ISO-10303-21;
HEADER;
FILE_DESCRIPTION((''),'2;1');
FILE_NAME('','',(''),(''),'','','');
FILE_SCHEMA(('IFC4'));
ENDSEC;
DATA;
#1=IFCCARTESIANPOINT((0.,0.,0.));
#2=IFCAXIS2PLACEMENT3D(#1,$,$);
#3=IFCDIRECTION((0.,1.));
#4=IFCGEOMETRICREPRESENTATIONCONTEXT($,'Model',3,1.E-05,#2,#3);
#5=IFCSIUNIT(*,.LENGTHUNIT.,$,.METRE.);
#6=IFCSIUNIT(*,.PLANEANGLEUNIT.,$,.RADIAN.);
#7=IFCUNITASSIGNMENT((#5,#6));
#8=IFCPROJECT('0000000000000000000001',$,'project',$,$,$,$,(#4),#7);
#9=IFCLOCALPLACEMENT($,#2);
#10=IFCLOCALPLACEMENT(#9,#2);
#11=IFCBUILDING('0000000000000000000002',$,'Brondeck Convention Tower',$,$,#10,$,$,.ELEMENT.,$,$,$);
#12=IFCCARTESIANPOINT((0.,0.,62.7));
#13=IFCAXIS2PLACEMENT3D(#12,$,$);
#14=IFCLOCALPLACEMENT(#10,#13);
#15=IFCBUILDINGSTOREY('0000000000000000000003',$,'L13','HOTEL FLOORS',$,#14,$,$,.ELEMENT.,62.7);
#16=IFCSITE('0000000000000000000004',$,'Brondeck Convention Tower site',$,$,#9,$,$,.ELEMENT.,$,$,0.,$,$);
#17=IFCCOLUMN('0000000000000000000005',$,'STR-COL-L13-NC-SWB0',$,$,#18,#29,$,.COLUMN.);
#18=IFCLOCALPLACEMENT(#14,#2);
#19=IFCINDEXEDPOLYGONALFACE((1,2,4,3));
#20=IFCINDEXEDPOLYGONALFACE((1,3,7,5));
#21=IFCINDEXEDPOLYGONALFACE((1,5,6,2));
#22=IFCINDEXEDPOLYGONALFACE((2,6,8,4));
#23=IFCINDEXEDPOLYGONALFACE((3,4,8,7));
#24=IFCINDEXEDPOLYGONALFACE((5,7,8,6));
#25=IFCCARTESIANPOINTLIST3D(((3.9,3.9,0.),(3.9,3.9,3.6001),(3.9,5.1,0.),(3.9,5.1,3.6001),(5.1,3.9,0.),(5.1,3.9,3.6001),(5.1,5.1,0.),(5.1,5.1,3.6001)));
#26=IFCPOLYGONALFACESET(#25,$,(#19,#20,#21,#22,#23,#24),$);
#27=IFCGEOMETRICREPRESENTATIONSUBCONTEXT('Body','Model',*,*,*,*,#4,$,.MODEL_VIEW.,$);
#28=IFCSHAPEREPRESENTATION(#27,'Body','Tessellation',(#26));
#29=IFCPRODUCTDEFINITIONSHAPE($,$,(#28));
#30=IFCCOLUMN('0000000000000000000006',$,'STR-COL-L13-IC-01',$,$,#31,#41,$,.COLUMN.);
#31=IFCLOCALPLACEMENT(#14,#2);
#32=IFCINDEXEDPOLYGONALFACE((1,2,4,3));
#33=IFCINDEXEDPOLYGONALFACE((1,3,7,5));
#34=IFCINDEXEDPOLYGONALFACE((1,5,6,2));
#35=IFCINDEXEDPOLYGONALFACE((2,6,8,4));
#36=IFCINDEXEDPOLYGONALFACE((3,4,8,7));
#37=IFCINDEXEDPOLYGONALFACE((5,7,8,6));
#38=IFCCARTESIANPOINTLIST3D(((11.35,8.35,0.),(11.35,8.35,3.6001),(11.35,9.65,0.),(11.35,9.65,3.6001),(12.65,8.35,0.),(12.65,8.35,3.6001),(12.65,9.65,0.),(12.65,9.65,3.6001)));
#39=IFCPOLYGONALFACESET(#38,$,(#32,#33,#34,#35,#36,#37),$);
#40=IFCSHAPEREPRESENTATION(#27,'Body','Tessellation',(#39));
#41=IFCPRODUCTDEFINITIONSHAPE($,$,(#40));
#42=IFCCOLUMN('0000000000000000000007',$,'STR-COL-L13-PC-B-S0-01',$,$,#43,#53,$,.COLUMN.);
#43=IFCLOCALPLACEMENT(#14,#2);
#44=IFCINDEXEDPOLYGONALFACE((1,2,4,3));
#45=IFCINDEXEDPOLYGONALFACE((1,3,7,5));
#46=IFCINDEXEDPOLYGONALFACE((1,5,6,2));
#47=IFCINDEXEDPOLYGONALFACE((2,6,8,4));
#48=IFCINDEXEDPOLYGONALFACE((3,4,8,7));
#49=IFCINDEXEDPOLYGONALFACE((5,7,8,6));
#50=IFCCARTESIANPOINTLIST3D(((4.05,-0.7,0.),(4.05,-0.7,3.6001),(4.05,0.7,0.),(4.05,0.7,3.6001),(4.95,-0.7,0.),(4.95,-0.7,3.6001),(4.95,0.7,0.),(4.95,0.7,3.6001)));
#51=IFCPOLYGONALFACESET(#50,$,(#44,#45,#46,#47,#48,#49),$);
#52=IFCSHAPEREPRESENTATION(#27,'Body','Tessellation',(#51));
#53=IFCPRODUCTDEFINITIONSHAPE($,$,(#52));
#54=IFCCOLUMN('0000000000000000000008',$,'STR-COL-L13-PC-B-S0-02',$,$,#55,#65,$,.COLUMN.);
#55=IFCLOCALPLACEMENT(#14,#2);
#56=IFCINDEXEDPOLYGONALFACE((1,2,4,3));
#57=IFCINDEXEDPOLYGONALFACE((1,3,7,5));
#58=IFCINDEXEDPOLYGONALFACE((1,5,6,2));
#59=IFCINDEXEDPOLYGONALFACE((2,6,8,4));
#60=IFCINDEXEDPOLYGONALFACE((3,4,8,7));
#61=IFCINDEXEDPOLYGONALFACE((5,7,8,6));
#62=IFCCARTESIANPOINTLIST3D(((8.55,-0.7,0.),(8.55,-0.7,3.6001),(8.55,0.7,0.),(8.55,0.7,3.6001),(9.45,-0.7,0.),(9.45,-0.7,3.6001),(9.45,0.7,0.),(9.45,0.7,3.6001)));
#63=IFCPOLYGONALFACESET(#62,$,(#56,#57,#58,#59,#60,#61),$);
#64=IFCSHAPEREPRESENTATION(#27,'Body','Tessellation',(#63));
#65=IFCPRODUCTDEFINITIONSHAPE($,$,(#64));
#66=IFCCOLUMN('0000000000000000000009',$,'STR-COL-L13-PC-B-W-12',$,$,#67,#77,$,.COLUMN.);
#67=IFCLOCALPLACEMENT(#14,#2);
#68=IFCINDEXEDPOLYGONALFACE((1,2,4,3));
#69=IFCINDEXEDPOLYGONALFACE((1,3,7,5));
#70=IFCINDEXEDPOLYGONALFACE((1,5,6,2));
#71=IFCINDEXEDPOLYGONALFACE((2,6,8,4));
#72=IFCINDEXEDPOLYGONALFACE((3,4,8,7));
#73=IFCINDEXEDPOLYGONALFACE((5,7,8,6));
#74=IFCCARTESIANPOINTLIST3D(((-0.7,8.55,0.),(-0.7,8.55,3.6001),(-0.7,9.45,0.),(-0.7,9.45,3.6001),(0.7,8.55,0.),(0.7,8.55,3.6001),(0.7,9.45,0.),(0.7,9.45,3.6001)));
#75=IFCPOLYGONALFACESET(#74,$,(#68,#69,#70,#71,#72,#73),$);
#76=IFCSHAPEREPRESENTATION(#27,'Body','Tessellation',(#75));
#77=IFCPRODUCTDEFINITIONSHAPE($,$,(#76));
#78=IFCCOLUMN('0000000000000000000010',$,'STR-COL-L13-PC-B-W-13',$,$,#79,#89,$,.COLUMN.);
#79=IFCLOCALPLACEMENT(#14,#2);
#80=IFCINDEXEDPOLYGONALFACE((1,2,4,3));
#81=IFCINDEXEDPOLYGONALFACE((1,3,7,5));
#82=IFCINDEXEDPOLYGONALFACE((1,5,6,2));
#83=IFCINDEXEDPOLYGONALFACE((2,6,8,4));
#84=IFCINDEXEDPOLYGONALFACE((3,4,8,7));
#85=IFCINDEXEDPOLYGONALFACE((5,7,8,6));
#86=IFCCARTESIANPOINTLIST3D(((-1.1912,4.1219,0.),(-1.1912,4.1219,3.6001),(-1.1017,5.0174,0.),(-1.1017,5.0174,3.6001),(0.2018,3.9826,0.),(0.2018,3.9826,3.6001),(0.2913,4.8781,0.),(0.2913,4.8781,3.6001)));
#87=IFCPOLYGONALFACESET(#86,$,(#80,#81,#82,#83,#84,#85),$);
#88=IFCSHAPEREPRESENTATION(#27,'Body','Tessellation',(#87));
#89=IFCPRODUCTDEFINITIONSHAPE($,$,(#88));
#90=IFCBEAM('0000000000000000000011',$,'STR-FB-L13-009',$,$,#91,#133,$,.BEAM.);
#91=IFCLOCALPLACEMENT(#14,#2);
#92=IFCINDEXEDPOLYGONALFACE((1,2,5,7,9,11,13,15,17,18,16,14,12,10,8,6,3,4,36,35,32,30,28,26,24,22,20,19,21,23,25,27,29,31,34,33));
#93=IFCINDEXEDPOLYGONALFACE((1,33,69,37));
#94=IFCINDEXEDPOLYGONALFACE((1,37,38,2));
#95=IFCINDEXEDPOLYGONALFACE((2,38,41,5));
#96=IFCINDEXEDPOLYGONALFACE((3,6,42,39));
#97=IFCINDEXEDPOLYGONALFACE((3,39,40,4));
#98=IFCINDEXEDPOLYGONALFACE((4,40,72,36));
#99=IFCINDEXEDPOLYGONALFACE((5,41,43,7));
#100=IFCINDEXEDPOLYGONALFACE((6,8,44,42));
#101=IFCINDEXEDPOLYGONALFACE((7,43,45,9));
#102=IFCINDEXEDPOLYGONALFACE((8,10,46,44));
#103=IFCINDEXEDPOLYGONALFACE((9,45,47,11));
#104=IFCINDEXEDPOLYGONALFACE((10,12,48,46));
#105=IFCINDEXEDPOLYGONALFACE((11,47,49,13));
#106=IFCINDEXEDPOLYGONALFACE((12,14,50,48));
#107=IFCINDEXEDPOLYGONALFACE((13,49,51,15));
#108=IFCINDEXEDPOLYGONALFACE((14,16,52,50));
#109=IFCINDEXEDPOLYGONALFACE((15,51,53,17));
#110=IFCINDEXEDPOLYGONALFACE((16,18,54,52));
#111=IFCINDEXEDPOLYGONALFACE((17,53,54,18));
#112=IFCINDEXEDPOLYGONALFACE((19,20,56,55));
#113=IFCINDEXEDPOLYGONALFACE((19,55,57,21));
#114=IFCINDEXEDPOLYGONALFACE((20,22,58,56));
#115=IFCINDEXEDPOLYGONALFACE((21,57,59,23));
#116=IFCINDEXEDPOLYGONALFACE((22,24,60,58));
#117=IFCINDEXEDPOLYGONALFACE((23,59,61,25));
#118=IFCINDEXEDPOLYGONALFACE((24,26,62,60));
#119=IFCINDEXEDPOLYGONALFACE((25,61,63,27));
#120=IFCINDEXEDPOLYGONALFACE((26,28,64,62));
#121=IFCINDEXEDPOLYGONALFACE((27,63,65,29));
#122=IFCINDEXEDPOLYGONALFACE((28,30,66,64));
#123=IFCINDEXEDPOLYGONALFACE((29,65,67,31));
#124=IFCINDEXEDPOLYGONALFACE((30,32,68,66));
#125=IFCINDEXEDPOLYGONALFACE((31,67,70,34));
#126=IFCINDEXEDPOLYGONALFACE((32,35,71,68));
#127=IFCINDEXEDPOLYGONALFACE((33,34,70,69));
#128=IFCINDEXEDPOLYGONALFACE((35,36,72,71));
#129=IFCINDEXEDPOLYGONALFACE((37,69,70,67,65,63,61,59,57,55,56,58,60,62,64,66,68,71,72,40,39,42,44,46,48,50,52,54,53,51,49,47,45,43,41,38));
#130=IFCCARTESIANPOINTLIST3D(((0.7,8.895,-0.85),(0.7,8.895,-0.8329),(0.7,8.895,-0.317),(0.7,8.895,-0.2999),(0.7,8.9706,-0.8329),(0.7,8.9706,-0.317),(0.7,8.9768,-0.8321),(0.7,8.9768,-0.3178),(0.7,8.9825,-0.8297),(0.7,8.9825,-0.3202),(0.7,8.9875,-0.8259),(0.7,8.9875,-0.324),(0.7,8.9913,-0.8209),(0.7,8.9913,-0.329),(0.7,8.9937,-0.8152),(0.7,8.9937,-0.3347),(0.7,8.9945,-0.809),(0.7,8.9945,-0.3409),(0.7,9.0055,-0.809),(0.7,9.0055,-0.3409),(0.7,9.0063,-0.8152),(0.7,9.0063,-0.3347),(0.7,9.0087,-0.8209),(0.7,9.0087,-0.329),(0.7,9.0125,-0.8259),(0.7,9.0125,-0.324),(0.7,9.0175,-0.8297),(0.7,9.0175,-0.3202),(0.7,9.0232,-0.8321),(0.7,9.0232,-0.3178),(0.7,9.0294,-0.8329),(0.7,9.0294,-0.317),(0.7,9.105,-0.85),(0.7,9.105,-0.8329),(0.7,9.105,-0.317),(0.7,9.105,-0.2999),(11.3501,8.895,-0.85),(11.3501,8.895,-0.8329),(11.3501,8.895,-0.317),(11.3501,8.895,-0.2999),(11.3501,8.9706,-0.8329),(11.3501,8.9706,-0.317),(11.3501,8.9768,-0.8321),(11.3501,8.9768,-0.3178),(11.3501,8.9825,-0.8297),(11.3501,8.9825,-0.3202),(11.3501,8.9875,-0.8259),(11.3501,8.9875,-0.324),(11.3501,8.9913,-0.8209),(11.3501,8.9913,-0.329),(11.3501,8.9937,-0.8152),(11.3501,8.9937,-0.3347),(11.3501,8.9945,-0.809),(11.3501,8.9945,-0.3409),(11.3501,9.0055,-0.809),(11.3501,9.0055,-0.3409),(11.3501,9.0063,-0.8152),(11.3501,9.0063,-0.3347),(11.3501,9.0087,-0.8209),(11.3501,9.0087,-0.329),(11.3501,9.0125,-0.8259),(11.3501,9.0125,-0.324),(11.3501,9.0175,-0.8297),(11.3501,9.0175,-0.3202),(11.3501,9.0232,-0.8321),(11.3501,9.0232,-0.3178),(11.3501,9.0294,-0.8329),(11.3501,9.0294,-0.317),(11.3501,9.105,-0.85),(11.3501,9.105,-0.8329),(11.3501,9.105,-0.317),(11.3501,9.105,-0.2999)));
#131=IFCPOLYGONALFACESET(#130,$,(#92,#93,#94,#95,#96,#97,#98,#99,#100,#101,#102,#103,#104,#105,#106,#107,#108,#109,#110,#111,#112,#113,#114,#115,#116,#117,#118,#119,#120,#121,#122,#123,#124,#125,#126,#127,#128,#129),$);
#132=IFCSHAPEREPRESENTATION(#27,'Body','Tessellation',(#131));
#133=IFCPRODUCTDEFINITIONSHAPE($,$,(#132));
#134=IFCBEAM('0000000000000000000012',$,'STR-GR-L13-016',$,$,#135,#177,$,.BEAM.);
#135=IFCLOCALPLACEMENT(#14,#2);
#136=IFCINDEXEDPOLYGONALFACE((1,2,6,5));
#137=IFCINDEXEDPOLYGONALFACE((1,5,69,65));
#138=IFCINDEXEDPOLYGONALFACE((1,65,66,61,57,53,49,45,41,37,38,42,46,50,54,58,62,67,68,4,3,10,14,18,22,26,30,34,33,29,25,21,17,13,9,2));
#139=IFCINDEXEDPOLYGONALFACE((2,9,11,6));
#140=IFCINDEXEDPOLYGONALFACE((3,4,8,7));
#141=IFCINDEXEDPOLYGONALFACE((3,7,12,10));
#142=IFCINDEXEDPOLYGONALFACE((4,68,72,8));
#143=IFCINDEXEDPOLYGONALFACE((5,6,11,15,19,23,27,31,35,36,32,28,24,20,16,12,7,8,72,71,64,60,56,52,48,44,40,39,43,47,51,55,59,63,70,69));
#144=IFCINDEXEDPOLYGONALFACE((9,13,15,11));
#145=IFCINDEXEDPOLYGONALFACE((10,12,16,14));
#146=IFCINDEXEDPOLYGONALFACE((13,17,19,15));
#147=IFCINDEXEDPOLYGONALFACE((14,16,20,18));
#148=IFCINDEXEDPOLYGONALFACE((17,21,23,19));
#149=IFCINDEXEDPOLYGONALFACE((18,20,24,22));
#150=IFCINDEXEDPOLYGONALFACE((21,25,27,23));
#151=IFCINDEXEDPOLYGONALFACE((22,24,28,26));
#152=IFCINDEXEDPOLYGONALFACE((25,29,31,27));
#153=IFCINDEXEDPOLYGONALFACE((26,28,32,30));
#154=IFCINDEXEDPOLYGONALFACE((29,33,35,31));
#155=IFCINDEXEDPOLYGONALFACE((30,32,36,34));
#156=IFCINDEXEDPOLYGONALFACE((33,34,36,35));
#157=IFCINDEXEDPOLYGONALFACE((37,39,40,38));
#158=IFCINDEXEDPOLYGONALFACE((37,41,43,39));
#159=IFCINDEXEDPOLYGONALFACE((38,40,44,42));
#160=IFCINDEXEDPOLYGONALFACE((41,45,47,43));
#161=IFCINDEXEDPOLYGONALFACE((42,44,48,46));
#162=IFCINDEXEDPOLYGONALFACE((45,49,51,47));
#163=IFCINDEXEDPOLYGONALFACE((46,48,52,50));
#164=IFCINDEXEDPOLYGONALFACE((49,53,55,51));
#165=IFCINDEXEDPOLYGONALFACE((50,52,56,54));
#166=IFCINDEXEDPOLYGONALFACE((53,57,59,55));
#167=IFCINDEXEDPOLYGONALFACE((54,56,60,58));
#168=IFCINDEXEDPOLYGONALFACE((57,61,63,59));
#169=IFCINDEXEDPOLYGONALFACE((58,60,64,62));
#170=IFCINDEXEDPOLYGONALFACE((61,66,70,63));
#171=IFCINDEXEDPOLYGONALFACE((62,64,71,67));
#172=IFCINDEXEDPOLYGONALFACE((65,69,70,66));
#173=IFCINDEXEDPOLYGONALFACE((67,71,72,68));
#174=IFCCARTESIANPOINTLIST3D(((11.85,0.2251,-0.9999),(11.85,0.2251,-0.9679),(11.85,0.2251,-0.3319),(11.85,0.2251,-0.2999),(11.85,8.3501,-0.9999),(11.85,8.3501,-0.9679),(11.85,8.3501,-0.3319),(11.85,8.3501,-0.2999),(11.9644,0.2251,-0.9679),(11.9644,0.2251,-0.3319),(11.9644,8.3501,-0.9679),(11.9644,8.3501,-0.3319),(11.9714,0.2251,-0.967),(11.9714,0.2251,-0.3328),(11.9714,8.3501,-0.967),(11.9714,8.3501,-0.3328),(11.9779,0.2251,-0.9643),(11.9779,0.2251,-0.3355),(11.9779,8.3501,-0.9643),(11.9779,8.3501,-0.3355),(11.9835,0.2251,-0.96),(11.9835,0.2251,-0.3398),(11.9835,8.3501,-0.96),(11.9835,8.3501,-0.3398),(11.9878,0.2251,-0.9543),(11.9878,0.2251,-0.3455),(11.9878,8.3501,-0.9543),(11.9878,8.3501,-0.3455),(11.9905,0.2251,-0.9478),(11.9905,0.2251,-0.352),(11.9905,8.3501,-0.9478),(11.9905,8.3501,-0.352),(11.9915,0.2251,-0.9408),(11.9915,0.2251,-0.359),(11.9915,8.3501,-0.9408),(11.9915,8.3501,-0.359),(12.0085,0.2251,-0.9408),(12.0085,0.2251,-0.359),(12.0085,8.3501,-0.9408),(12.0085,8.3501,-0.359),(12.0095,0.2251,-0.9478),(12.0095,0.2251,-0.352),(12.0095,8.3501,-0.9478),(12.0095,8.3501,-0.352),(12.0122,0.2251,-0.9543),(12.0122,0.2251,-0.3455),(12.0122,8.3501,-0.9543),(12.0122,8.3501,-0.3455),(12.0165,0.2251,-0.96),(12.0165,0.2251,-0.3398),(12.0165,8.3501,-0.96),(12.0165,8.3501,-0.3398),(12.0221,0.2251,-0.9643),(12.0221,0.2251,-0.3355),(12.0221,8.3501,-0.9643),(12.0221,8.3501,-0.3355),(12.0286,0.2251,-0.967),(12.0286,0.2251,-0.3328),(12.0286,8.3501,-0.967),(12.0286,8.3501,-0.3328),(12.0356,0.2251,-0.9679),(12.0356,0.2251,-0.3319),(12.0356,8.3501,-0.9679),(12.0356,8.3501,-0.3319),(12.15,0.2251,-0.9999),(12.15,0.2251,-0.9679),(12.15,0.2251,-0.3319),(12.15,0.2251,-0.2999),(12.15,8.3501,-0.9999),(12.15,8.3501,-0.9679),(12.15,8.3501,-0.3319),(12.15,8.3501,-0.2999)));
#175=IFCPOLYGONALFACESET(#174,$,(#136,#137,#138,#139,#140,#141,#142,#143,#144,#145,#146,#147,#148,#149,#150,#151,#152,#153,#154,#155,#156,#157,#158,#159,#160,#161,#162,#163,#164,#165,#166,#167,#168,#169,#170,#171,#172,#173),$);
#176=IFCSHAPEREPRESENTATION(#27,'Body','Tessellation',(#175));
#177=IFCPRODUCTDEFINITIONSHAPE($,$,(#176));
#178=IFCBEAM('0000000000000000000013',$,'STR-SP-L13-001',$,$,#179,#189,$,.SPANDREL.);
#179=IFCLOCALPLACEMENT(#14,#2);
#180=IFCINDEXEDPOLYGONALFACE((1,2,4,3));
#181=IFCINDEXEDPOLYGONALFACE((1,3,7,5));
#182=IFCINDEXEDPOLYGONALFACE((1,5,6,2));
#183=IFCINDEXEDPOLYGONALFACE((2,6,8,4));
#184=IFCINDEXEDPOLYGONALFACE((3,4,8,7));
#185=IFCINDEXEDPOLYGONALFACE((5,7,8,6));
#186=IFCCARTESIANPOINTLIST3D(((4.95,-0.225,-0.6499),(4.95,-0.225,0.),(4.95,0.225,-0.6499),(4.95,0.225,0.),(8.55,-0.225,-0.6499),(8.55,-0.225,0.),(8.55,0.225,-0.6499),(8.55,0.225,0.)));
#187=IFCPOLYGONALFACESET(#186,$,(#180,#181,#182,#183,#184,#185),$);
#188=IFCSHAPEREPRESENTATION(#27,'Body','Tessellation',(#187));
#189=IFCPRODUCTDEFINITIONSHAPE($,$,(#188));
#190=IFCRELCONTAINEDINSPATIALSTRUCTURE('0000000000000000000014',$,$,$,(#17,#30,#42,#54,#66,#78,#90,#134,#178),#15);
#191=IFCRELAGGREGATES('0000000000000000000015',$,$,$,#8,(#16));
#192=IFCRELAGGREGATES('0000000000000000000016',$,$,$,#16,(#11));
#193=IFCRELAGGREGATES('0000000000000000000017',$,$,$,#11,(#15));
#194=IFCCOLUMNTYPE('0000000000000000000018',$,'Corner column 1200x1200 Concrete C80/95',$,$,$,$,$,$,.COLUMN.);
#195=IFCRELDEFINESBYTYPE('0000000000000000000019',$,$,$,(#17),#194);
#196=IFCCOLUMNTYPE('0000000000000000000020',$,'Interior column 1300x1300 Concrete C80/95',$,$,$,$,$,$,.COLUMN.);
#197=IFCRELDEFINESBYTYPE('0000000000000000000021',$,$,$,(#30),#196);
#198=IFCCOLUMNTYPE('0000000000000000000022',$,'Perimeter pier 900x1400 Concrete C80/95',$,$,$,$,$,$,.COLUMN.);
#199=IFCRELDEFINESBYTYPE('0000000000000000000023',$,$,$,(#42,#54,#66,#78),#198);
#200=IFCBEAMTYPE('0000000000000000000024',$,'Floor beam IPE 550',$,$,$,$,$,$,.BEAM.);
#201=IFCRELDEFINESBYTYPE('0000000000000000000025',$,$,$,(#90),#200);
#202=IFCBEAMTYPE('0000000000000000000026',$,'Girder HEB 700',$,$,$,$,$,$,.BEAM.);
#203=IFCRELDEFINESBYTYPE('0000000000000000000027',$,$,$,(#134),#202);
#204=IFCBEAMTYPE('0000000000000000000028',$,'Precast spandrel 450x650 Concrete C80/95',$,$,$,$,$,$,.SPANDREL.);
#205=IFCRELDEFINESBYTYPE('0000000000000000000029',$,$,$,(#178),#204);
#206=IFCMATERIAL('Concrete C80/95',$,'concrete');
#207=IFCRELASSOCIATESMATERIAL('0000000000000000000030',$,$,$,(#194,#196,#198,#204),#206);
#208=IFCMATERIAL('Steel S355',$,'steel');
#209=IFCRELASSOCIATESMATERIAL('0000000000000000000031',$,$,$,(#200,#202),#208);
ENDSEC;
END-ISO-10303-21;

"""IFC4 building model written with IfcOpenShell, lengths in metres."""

from ifc_helpers import new_model, si_unit, direction, frame, origin, origin_2d, place, context, subcontext, project, spatial, rectangle, i_section, extrude, material, material_profile, profile_set, type_object, element, save


model = new_model("IFC4")

# Units and contexts
model_context = context("Model", 3, precision=1e-05, world=origin(), true_north=direction((0.0, 1.0)))
body_context = subcontext(model_context, "Body", "Model", "MODEL_VIEW")
ifc_project = project(units=[si_unit("LENGTHUNIT", "METRE"), si_unit("PLANEANGLEUNIT", "RADIAN")], contexts=[model_context])

# Site, building, storey
site_placement = place(None, origin())
site = spatial("IfcSite", under=ifc_project, at=site_placement, Name="Brondeck Convention Tower site", CompositionType="ELEMENT", RefElevation=0.0)
building_placement = place(site_placement, origin())
building = spatial("IfcBuilding", under=site, at=building_placement, Name="Brondeck Convention Tower", CompositionType="ELEMENT")
storey_placement = place(building_placement, frame((0.0, 0.0, 62.7)))
storey = spatial("IfcBuildingStorey", under=building, at=storey_placement, Name="L13", Description="HOTEL FLOORS", CompositionType="ELEMENT", Elevation=62.7)

# Columns
ifc_material_1 = material(Name="Concrete C80/95", Category="concrete")
ifc_material_profile_1 = material_profile(ifc_material_1, rectangle(XDim=1.2, YDim=1.2, at=origin_2d()), Name="Corner column 1200x1200 Concrete C80/95")
ifc_profile_set_1 = profile_set([ifc_material_profile_1], Name="Concrete C80/95")
column_type_1 = type_object("IfcColumnType", Name="Corner column 1200x1200 Concrete C80/95", PredefinedType="COLUMN", material=ifc_profile_set_1)
column_1_placement = place(storey_placement, frame((4.5, 4.5, 0.0), z_axis=(0.0, 0.0, 1.0), x_axis=(1.0, 0.0, 0.0)))
element("IfcColumn", 1, at=column_1_placement, inside=storey, type_object=column_type_1, Name="STR-COL-L13-NC-SWB0", PredefinedType="COLUMN", context=body_context, shape_type="SweptSolid", body=[
    extrude(rectangle(XDim=1.2, YDim=1.2, at=origin_2d()), origin(), (0.0, 0.0, 1.0), 3.6001),
])
ifc_material_profile_2 = material_profile(ifc_material_1, rectangle(XDim=1.3, YDim=1.3, at=origin_2d()), Name="Interior column 1300x1300 Concrete C80/95")
ifc_profile_set_2 = profile_set([ifc_material_profile_2], Name="Concrete C80/95")
column_type_2 = type_object("IfcColumnType", Name="Interior column 1300x1300 Concrete C80/95", PredefinedType="COLUMN", material=ifc_profile_set_2)
column_2_placement = place(storey_placement, frame((12.0, 9.0, 0.0), z_axis=(0.0, 0.0, 1.0), x_axis=(1.0, 0.0, 0.0)))
element("IfcColumn", 2, at=column_2_placement, inside=storey, type_object=column_type_2, Name="STR-COL-L13-IC-01", PredefinedType="COLUMN", context=body_context, shape_type="SweptSolid", body=[
    extrude(rectangle(XDim=1.3, YDim=1.3, at=origin_2d()), origin(), (0.0, 0.0, 1.0), 3.6001),
])
ifc_material_profile_3 = material_profile(ifc_material_1, rectangle(XDim=0.8999, YDim=1.3999, at=origin_2d()), Name="Perimeter pier 900x1400 Concrete C80/95")
ifc_profile_set_3 = profile_set([ifc_material_profile_3], Name="Concrete C80/95")
column_type_3 = type_object("IfcColumnType", Name="Perimeter pier 900x1400 Concrete C80/95", PredefinedType="COLUMN", material=ifc_profile_set_3)
for number, where, z_axis, x_axis, name in (
    (3, (4.5, 0.0, 0.0), (0.0, 0.0, 1.0), (1.0, 0.0, 0.0), "STR-COL-L13-PC-B-S0-01"),
    (4, (9.0, 0.0, 0.0), (0.0, 0.0, 1.0), (1.0, 0.0, 0.0), "STR-COL-L13-PC-B-S0-02"),
    (5, (0.0, 9.0, 0.0), (0.0, 0.0, 1.0), (0.0, -1.0, 0.0), "STR-COL-L13-PC-B-W-12"),
    (6, (-0.45, 4.5, 0.0), (0.0, 0.0, 1.0), (-0.099504, -0.995037, 0.0), "STR-COL-L13-PC-B-W-13"),
):
    element("IfcColumn", number, at=place(storey_placement, frame(where, z_axis=z_axis, x_axis=x_axis)), inside=storey, type_object=column_type_3, Name=name, PredefinedType="COLUMN", context=body_context, shape_type="SweptSolid", body=[
        extrude(rectangle(XDim=0.8999, YDim=1.3999, at=origin_2d()), origin(), (0.0, 0.0, 1.0), 3.6001),
    ])

# Beams
ifc_material_2 = material(Name="Steel S355", Category="steel")
ifc_material_profile_4 = material_profile(ifc_material_2, i_section(OverallWidth=0.21, OverallDepth=0.55, WebThickness=0.011, FlangeThickness=0.0171, FilletRadius=0.0239, at=origin_2d()), Name="IPE 550")
ifc_profile_set_4 = profile_set([ifc_material_profile_4], Name="Steel S355")
beam_type_1 = type_object("IfcBeamType", Name="Floor beam IPE 550", PredefinedType="BEAM", material=ifc_profile_set_4)
beam_1_placement = place(storey_placement, frame((0.7, 9.0, -0.575), z_axis=(1.0, 0.0, 0.0), x_axis=(0.0, 1.0, 0.0)))
element("IfcBeam", 7, at=beam_1_placement, inside=storey, type_object=beam_type_1, Name="STR-FB-L13-009", PredefinedType="BEAM", context=body_context, shape_type="SweptSolid", body=[
    extrude(i_section(OverallWidth=0.21, OverallDepth=0.55, WebThickness=0.011, FlangeThickness=0.0171, FilletRadius=0.0239, at=origin_2d()), origin(), (0.0, 0.0, 1.0), 10.6501),
])
ifc_material_profile_5 = material_profile(ifc_material_2, i_section(OverallWidth=0.3, OverallDepth=0.7, WebThickness=0.0171, FlangeThickness=0.032, FilletRadius=0.0271, at=origin_2d()), Name="HEB 700")
ifc_profile_set_5 = profile_set([ifc_material_profile_5], Name="Steel S355")
beam_type_2 = type_object("IfcBeamType", Name="Girder HEB 700", PredefinedType="BEAM", material=ifc_profile_set_5)
beam_2_placement = place(storey_placement, frame((12.0, 8.3501, -0.6499), z_axis=(0.0, -1.0, 0.0), x_axis=(1.0, 0.0, 0.0)))
element("IfcBeam", 8, at=beam_2_placement, inside=storey, type_object=beam_type_2, Name="STR-GR-L13-016", PredefinedType="BEAM", context=body_context, shape_type="SweptSolid", body=[
    extrude(i_section(OverallWidth=0.3, OverallDepth=0.7, WebThickness=0.0171, FlangeThickness=0.032, FilletRadius=0.0271, at=origin_2d()), origin(), (0.0, 0.0, 1.0), 8.125),
])
ifc_material_profile_6 = material_profile(ifc_material_1, rectangle(XDim=0.45, YDim=0.6499, at=origin_2d()), Name="Precast spandrel 450x650 Concrete C80/95")
ifc_profile_set_6 = profile_set([ifc_material_profile_6], Name="Concrete C80/95")
beam_type_3 = type_object("IfcBeamType", Name="Precast spandrel 450x650 Concrete C80/95", PredefinedType="SPANDREL", material=ifc_profile_set_6)
for number, where, z_axis, x_axis, name in (
    (9, (4.95, 0.0, -0.325), (1.0, 0.0, 0.0), (0.0, 1.0, 0.0), "STR-SP-L13-001"),
):
    element("IfcBeam", number, at=place(storey_placement, frame(where, z_axis=z_axis, x_axis=x_axis)), inside=storey, type_object=beam_type_3, Name=name, PredefinedType="SPANDREL", context=body_context, shape_type="SweptSolid", body=[
        extrude(rectangle(XDim=0.45, YDim=0.6499, at=origin_2d()), origin(), (0.0, 0.0, 1.0), 3.6001),
    ])

save(model, "model.ifc")
